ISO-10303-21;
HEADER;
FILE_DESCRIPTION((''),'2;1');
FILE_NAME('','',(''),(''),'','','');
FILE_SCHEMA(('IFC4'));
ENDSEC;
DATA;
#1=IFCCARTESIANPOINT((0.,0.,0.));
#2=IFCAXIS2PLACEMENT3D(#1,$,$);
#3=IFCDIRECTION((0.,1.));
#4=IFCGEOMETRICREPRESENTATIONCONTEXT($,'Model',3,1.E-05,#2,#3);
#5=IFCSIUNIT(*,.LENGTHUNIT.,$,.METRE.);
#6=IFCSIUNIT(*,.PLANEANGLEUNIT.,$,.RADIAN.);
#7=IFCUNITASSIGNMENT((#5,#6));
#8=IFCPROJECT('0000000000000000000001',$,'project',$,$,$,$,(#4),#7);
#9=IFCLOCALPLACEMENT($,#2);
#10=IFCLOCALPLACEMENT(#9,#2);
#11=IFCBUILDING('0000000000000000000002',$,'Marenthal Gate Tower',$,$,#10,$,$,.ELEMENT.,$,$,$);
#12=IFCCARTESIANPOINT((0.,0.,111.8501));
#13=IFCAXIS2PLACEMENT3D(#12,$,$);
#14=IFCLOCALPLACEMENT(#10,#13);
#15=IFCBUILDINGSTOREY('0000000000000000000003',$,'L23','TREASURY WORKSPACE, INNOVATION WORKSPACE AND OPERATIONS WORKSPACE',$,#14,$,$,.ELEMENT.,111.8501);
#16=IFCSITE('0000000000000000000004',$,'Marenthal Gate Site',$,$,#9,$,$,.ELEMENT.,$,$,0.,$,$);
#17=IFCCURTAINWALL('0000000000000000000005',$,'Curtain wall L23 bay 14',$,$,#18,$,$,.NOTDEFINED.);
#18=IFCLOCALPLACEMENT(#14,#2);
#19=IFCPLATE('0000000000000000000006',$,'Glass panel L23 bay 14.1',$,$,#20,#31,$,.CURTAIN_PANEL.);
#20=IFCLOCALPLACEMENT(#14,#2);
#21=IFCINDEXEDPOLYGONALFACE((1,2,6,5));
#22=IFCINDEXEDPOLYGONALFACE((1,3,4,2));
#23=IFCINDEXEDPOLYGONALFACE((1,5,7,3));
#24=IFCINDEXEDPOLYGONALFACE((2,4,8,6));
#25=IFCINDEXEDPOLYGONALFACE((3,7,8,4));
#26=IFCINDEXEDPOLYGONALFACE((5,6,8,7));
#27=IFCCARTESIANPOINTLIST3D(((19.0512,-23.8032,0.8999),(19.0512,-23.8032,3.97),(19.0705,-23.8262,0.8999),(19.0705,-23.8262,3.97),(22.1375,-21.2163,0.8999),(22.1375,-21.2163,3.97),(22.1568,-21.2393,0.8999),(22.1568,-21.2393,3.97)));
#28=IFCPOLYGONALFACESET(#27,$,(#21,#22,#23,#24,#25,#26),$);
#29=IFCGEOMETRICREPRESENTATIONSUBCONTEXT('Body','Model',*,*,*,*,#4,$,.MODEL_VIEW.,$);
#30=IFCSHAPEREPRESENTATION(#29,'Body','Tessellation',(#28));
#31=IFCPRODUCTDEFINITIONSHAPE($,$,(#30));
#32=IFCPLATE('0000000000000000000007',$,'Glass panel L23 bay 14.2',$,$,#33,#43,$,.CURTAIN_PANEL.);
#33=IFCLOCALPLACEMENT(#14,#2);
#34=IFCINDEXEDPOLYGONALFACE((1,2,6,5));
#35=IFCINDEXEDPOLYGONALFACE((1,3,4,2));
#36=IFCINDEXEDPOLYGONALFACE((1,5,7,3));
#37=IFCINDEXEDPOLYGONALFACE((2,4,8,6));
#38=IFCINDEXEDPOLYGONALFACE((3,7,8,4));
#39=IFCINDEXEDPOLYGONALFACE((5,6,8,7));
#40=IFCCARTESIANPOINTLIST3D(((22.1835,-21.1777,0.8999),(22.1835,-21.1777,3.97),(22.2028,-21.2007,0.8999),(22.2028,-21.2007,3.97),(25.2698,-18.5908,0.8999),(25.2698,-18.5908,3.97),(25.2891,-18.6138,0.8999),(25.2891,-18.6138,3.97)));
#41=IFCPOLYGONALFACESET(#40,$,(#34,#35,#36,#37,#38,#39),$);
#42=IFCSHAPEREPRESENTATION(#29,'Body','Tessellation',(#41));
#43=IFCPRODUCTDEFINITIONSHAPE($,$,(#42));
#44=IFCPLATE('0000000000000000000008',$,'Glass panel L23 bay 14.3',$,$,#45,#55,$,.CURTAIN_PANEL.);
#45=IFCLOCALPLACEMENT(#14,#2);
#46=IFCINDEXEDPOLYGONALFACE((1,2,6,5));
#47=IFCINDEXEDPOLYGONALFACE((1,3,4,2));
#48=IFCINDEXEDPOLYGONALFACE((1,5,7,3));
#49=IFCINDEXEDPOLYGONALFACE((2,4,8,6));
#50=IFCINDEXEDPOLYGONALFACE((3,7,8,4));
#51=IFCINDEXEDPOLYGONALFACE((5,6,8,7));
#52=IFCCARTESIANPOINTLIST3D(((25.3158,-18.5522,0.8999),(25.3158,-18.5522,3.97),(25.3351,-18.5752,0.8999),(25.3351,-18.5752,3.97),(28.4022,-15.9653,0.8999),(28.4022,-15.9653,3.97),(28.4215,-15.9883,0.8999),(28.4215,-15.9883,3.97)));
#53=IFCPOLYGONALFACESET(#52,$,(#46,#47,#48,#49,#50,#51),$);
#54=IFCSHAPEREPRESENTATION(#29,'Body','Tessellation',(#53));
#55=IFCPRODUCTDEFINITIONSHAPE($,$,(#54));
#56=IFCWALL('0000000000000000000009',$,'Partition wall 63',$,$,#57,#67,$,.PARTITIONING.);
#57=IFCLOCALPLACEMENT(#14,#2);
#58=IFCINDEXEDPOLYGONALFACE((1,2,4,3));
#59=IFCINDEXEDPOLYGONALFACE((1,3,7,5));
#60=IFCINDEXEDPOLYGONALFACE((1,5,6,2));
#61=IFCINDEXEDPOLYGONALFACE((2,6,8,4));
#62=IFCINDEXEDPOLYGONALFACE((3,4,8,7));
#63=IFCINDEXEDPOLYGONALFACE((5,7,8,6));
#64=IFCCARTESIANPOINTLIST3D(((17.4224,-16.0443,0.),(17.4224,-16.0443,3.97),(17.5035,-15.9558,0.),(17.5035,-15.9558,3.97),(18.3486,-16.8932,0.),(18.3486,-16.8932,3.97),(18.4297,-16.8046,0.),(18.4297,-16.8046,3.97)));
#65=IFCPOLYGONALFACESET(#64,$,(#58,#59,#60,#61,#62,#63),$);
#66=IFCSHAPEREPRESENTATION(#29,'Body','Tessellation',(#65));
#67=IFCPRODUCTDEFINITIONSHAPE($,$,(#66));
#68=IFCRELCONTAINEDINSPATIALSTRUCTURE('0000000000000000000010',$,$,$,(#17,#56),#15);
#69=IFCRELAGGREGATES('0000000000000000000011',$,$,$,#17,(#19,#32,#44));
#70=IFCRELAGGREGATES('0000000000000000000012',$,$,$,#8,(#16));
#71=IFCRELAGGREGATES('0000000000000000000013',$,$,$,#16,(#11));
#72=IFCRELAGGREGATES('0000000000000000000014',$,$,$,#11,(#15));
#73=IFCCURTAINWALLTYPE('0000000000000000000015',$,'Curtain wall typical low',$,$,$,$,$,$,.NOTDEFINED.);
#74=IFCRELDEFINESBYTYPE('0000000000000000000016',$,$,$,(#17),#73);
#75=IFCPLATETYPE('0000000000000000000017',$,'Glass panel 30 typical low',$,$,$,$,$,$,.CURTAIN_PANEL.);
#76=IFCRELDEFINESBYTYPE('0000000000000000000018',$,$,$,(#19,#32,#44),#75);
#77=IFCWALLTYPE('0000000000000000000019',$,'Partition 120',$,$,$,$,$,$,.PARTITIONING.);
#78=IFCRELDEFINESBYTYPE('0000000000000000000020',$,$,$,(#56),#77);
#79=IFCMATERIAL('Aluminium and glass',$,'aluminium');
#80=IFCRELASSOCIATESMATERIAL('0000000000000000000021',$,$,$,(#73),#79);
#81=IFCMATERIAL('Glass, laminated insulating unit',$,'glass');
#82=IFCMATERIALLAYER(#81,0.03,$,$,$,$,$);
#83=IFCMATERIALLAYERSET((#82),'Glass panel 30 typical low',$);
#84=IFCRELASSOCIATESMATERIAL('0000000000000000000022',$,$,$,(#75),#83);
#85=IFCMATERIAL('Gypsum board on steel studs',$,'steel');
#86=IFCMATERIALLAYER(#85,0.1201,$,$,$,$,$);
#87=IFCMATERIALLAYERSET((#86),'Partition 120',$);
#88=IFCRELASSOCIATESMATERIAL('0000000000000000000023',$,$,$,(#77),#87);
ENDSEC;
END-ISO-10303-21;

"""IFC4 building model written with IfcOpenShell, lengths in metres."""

from ifc_helpers import new_model, si_unit, direction, frame, frame_2d, origin, origin_2d, place, context, subcontext, project, spatial, rectangle, extrude, material, layer, layer_set, type_object, element, aggregate, save


model = new_model("IFC4")

# Units and contexts
model_context = context("Model", 3, precision=1e-05, world=origin(), true_north=direction((0.0, 1.0)))
body_context = subcontext(model_context, "Body", "Model", "MODEL_VIEW")
ifc_project = project(units=[si_unit("LENGTHUNIT", "METRE"), si_unit("PLANEANGLEUNIT", "RADIAN")], contexts=[model_context])

# Site, building, storey
site_placement = place(None, origin())
site = spatial("IfcSite", under=ifc_project, at=site_placement, Name="Marenthal Gate Site", CompositionType="ELEMENT", RefElevation=0.0)
building_placement = place(site_placement, origin())
building = spatial("IfcBuilding", under=site, at=building_placement, Name="Marenthal Gate Tower", CompositionType="ELEMENT")
storey_placement = place(building_placement, frame((0.0, 0.0, 111.8501)))
storey = spatial("IfcBuildingStorey", under=building, at=storey_placement, Name="L23", Description="TREASURY WORKSPACE, INNOVATION WORKSPACE AND OPERATIONS WORKSPACE", CompositionType="ELEMENT", Elevation=111.8501)

# Curtain wall
ifc_material_1 = material(Name="Aluminium and glass", Category="aluminium")
curtain_wall_type = type_object("IfcCurtainWallType", Name="Curtain wall typical low", PredefinedType="NOTDEFINED", material=ifc_material_1)
curtain_wall_placement = place(storey_placement, origin())
curtain_wall = element("IfcCurtainWall", 1, at=curtain_wall_placement, inside=storey, type_object=curtain_wall_type, Name="Curtain wall L23 bay 14", PredefinedType="NOTDEFINED")

# Plates
ifc_material_2 = material(Name="Glass, laminated insulating unit", Category="glass")
ifc_layer_1 = layer(ifc_material_2, 0.03)
ifc_layer_set_1 = layer_set([ifc_layer_1], Name="Glass panel 30 typical low")
plate_type = type_object("IfcPlateType", Name="Glass panel 30 typical low", PredefinedType="CURTAIN_PANEL", material=ifc_layer_set_1)
plate_1_placement = place(storey_placement, frame((20.604, -22.5212, 0.8999), z_axis=(0.0, 0.0, 1.0), x_axis=(0.766389, 0.642377, 0.0)))
plate_1 = element("IfcPlate", 2, at=plate_1_placement, type_object=plate_type, Name="Glass panel L23 bay 14.1", PredefinedType="CURTAIN_PANEL", context=body_context, shape_type="SweptSolid", body=[
    extrude(rectangle(XDim=4.0271, YDim=0.03, at=origin_2d()), origin(), (0.0, 0.0, 1.0), 3.0701),
])
plate_2_placement = place(storey_placement, frame((23.7363, -19.8958, 0.8999), z_axis=(0.0, 0.0, 1.0), x_axis=(0.766389, 0.642377, 0.0)))
plate_2 = element("IfcPlate", 3, at=plate_2_placement, type_object=plate_type, Name="Glass panel L23 bay 14.2", PredefinedType="CURTAIN_PANEL", context=body_context, shape_type="SweptSolid", body=[
    extrude(rectangle(XDim=4.0271, YDim=0.03, at=origin_2d()), origin(), (0.0, 0.0, 1.0), 3.0701),
])
plate_3_placement = place(storey_placement, frame((26.8687, -17.2703, 0.8999), z_axis=(0.0, 0.0, 1.0), x_axis=(0.766389, 0.642377, 0.0)))
plate_3 = element("IfcPlate", 4, at=plate_3_placement, type_object=plate_type, Name="Glass panel L23 bay 14.3", PredefinedType="CURTAIN_PANEL", context=body_context, shape_type="SweptSolid", body=[
    extrude(rectangle(XDim=4.0271, YDim=0.03, at=origin_2d()), origin(), (0.0, 0.0, 1.0), 3.0701),
])
aggregate(curtain_wall, [plate_1, plate_2, plate_3])

# Wall
ifc_material_3 = material(Name="Gypsum board on steel studs", Category="steel")
ifc_layer_2 = layer(ifc_material_3, 0.1201)
ifc_layer_set_2 = layer_set([ifc_layer_2], Name="Partition 120")
wall_type_1 = type_object("IfcWallType", Name="Partition 120", PredefinedType="PARTITIONING", material=ifc_layer_set_2)
wall_1_placement = place(storey_placement, frame((18.3892, -16.8489, 0.0), z_axis=(0.0, 0.0, 1.0), x_axis=(-0.737235, 0.675637, 0.0)))
element("IfcWall", 5, at=wall_1_placement, inside=storey, type_object=wall_type_1, Name="Partition wall 63", PredefinedType="PARTITIONING", context=body_context, shape_type="SweptSolid", body=[
    extrude(rectangle(XDim=1.2563, YDim=0.1201, at=frame_2d((0.6282, 0.0))), origin(), (0.0, 0.0, 1.0), 3.97),
])

save(model, "model.ifc")
